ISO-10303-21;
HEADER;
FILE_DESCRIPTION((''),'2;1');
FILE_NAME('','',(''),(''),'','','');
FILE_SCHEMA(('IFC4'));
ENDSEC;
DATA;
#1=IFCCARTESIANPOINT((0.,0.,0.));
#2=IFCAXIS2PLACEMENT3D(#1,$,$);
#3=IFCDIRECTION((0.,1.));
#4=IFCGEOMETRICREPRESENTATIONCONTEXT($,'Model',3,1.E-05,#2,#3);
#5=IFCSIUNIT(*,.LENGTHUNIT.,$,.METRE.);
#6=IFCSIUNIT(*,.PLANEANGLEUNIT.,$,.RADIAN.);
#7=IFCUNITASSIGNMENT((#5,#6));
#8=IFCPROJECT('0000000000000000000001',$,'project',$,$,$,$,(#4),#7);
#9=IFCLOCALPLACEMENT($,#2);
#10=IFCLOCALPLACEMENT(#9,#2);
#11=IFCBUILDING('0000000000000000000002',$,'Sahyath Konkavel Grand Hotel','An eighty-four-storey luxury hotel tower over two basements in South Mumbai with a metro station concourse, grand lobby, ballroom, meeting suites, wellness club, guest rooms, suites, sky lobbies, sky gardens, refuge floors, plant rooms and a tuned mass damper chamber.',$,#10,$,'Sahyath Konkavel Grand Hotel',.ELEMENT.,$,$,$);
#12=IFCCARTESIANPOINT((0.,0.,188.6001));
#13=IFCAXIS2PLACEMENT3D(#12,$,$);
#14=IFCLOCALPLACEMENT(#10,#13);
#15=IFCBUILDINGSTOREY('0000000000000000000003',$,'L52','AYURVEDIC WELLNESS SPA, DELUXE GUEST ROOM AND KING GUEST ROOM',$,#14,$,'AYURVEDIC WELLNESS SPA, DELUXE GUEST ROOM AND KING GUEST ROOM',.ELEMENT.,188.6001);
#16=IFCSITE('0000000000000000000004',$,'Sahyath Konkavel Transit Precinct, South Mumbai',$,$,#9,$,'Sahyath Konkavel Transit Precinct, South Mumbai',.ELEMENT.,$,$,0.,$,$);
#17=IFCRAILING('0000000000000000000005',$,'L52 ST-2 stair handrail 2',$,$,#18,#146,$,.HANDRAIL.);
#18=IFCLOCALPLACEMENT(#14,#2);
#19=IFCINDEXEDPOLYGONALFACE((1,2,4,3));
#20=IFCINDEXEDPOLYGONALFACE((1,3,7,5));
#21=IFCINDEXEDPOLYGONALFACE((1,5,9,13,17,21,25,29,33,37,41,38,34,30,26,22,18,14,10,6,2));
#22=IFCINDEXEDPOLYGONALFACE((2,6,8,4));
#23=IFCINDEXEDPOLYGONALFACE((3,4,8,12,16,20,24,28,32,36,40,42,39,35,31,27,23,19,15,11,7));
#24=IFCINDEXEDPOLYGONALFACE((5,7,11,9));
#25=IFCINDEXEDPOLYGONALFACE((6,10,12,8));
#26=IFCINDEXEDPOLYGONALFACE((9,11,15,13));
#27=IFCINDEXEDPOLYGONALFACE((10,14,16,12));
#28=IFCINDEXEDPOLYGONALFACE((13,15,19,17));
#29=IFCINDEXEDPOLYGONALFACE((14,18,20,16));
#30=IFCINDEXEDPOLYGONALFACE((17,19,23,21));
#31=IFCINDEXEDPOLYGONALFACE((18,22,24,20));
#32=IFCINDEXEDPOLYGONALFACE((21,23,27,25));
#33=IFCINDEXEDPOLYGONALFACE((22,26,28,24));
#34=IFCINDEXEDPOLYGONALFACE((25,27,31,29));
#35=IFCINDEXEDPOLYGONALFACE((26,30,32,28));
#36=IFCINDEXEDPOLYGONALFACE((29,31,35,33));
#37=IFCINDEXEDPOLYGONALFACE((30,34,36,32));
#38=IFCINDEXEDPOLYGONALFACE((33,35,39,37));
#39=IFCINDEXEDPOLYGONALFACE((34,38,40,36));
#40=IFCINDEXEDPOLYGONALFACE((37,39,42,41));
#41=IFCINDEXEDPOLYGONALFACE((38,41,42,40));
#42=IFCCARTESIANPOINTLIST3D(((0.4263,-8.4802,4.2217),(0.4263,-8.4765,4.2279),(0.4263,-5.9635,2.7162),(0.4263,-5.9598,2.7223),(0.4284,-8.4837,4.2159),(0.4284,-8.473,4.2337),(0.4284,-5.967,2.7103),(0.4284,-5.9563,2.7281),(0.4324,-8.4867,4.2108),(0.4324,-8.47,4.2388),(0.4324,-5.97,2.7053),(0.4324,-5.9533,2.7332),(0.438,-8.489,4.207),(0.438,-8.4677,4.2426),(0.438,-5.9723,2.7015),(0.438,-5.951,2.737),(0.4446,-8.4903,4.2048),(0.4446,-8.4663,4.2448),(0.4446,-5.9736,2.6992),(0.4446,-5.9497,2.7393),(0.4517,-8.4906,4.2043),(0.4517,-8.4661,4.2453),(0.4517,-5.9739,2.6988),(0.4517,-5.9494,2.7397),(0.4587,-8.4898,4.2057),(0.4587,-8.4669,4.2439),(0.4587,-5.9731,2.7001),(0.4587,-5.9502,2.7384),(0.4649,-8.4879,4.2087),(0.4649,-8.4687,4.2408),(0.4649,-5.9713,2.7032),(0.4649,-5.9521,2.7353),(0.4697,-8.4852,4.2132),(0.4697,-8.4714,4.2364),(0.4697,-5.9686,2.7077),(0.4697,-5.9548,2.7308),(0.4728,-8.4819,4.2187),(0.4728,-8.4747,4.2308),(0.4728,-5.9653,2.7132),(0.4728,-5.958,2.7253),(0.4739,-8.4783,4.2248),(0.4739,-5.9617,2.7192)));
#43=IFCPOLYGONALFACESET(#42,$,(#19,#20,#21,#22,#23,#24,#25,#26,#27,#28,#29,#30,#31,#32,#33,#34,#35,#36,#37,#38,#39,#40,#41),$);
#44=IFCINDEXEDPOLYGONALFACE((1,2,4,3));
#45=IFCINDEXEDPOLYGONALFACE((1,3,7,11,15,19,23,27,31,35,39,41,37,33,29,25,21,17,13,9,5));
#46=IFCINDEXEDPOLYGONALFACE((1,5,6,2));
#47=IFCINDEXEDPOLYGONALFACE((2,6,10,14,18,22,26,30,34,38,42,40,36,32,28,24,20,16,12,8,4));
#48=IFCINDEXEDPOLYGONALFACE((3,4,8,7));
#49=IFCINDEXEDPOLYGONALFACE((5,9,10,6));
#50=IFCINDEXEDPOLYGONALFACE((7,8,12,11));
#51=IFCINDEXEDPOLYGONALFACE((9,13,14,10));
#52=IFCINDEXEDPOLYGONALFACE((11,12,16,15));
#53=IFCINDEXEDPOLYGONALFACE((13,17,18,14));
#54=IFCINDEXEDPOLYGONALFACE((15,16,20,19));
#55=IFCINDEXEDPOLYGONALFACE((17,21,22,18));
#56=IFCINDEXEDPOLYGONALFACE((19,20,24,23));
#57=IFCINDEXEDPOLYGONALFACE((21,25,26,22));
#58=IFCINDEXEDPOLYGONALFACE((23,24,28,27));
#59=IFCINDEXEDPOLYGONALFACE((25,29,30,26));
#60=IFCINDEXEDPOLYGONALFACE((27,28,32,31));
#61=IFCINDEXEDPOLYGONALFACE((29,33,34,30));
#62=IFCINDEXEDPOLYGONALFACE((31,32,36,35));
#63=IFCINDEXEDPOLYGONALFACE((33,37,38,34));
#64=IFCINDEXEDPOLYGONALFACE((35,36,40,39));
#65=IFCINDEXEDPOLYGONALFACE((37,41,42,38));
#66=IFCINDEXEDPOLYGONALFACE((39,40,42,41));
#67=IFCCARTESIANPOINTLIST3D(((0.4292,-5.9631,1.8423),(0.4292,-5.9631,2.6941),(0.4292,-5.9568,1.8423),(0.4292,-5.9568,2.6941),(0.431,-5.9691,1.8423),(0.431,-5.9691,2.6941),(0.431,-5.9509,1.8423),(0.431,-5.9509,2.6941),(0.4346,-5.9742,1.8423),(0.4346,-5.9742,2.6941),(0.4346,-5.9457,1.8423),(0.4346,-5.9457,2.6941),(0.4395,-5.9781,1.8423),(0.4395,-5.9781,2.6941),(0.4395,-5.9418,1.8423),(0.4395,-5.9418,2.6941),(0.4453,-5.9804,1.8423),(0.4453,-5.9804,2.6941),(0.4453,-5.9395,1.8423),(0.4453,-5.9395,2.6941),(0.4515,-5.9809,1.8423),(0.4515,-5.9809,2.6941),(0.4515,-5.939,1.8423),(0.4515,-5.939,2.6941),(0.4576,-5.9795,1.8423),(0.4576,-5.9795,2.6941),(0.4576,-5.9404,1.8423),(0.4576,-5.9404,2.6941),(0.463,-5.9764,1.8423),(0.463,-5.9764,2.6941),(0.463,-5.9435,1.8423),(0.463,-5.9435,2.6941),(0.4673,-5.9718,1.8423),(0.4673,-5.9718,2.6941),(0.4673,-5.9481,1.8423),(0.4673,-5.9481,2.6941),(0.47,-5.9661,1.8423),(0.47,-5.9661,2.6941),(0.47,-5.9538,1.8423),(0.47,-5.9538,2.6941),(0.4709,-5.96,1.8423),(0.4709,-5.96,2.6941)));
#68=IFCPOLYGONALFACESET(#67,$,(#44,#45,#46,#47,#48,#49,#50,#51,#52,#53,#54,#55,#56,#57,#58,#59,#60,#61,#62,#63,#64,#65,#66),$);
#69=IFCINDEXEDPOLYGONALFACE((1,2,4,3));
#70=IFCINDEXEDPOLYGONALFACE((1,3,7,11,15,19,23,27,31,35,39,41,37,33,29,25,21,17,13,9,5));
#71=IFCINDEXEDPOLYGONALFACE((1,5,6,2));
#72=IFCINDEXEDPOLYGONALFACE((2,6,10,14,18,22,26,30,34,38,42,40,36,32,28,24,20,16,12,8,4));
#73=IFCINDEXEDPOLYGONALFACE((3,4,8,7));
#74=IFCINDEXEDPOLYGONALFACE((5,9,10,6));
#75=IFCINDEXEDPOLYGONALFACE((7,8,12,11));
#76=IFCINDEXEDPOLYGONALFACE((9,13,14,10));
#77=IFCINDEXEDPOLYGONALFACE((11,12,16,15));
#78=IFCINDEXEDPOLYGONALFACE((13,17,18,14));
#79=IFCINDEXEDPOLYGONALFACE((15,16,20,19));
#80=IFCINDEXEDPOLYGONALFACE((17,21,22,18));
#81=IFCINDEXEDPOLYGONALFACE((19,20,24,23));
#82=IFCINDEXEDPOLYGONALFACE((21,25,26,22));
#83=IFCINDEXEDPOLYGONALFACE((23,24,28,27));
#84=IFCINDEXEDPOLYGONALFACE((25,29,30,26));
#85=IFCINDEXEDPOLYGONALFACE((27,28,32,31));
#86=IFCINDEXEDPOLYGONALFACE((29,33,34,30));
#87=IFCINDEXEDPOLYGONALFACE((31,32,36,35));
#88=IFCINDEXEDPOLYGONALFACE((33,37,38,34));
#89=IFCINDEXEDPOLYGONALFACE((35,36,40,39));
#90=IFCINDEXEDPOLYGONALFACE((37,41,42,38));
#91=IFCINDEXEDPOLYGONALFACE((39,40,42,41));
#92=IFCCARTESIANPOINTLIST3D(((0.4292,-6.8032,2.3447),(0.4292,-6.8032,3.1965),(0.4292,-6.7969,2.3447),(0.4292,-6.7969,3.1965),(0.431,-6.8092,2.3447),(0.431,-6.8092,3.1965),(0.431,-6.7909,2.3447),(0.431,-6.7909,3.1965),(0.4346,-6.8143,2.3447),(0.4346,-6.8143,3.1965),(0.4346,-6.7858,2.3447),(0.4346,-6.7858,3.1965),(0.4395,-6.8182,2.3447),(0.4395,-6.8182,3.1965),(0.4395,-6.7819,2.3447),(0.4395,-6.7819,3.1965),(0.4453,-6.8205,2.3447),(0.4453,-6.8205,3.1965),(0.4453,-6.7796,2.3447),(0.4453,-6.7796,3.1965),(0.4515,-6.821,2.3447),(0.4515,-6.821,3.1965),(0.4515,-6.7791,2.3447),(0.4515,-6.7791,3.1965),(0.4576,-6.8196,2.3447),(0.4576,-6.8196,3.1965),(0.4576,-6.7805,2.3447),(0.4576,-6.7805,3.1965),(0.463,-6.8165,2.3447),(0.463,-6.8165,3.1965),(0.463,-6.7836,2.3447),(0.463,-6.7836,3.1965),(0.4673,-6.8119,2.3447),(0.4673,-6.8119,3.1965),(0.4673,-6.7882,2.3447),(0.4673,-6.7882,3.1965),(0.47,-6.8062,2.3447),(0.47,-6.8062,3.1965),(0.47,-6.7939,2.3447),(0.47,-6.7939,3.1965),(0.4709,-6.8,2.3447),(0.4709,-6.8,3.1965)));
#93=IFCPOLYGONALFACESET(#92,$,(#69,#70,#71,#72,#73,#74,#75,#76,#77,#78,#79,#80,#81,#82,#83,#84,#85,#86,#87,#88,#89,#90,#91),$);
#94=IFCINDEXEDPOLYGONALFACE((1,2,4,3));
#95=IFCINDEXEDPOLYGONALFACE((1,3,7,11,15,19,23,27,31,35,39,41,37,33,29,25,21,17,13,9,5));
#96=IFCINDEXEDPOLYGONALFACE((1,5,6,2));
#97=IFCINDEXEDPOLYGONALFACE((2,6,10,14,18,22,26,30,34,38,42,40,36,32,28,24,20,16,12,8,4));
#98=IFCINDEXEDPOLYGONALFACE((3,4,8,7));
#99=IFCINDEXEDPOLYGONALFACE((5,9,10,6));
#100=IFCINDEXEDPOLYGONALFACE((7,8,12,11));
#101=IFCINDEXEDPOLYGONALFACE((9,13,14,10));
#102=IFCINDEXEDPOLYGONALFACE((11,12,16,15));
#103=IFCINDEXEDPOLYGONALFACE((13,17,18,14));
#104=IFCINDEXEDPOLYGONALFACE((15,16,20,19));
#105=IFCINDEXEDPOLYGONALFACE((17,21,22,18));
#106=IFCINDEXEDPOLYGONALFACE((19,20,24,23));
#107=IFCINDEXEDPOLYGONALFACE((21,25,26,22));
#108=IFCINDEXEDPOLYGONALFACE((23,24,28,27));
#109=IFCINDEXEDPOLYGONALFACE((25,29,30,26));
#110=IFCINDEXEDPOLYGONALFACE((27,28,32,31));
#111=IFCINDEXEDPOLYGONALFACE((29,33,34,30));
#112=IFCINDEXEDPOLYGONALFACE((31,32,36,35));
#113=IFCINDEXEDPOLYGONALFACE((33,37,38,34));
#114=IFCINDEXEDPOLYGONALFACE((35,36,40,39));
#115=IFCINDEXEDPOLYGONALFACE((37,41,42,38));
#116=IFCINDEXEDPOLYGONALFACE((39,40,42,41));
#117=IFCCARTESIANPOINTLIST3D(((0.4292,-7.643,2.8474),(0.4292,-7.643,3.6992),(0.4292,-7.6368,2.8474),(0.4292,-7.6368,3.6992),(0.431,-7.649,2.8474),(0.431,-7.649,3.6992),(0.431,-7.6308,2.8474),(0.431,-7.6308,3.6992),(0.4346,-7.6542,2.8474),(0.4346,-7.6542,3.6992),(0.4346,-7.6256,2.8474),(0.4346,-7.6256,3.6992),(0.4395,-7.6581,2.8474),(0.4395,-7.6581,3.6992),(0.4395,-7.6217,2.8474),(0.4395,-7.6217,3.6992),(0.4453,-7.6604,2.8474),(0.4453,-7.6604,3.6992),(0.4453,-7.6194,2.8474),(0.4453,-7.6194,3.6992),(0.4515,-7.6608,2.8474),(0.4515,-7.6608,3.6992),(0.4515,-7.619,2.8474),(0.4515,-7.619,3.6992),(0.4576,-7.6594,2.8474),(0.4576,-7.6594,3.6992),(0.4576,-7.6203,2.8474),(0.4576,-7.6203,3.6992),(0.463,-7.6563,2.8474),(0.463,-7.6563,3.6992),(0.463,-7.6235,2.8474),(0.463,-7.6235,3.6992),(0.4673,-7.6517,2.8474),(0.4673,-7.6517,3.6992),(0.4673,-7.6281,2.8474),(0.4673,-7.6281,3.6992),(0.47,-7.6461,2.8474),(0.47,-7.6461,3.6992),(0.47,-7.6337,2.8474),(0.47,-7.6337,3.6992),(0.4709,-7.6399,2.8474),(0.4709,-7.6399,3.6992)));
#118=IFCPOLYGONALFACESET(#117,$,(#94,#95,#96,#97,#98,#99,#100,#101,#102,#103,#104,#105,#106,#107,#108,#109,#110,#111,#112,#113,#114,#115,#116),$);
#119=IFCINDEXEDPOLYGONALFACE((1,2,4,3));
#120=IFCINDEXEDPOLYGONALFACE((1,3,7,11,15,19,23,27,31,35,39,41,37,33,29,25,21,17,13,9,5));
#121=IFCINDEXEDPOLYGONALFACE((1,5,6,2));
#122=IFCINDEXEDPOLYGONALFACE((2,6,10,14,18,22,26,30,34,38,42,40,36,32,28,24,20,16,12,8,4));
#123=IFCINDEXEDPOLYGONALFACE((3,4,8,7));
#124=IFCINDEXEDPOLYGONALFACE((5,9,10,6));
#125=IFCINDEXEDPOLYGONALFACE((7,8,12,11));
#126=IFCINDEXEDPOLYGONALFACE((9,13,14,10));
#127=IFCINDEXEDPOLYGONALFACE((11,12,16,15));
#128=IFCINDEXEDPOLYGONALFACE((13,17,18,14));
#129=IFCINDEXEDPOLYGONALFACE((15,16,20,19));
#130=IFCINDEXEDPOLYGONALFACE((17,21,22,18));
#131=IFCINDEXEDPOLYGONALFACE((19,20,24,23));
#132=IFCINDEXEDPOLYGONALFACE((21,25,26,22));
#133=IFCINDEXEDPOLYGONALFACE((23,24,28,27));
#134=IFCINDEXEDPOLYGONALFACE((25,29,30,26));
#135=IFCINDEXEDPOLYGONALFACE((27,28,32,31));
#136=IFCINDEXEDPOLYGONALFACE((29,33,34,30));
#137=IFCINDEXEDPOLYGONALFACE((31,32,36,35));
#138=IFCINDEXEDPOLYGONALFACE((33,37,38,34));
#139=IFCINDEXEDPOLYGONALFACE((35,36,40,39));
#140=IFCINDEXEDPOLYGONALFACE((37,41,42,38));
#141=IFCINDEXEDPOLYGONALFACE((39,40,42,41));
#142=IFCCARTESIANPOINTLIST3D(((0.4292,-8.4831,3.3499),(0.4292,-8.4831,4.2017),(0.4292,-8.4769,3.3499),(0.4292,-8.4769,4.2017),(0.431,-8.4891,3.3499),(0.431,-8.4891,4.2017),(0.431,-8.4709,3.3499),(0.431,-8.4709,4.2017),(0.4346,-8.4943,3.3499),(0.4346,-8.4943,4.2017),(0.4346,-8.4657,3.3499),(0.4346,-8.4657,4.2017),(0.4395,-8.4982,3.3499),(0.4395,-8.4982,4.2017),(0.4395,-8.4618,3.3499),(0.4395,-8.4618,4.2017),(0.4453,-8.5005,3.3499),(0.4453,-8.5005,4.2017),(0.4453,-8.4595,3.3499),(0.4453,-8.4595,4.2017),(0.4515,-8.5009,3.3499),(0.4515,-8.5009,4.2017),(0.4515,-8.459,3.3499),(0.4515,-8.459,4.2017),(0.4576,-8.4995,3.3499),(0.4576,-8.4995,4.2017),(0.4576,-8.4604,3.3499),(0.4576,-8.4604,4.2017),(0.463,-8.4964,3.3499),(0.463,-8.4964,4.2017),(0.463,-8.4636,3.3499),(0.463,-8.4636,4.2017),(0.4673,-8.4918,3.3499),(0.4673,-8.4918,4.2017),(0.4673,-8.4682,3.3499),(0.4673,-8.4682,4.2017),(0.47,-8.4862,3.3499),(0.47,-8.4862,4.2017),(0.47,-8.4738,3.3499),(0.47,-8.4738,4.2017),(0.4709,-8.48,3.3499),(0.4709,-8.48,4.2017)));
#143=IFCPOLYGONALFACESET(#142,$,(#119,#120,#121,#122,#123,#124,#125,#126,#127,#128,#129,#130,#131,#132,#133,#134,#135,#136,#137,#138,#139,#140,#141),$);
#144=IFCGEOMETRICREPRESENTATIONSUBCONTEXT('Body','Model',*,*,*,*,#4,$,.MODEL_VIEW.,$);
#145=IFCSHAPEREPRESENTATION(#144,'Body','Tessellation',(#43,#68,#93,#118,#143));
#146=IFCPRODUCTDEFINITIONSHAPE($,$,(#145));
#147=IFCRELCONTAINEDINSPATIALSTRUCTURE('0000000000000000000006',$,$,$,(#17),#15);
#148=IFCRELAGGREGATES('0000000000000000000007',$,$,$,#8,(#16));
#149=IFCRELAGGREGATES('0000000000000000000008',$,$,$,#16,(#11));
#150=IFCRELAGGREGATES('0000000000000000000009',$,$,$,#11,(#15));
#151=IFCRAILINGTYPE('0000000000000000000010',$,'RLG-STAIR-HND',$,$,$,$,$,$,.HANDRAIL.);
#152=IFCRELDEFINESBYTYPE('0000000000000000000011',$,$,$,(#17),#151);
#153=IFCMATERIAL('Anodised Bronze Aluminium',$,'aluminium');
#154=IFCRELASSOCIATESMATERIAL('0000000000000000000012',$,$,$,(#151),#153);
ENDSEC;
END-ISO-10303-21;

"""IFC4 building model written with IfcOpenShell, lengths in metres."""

from ifc_helpers import new_model, si_unit, direction, frame, origin, origin_2d, place, context, subcontext, project, spatial, circle, extrude, material, type_object, element, save


model = new_model("IFC4")

# Units and contexts
model_context = context("Model", 3, precision=1e-05, world=origin(), true_north=direction((0.0, 1.0)))
body_context = subcontext(model_context, "Body", "Model", "MODEL_VIEW")
ifc_project = project(units=[si_unit("LENGTHUNIT", "METRE"), si_unit("PLANEANGLEUNIT", "RADIAN")], contexts=[model_context])

# Site, building, storey
site_placement = place(None, origin())
site = spatial("IfcSite", under=ifc_project, at=site_placement, Name="Sahyath Konkavel Transit Precinct, South Mumbai", LongName="Sahyath Konkavel Transit Precinct, South Mumbai", CompositionType="ELEMENT", RefElevation=0.0)
building_placement = place(site_placement, origin())
building = spatial("IfcBuilding", under=site, at=building_placement, Name="Sahyath Konkavel Grand Hotel", Description="An eighty-four-storey luxury hotel tower over two basements in South Mumbai with a metro station concourse, grand lobby, ballroom, meeting suites, wellness club, guest rooms, suites, sky lobbies, sky gardens, refuge floors, plant rooms and a tuned mass damper chamber.", LongName="Sahyath Konkavel Grand Hotel", CompositionType="ELEMENT")
storey_placement = place(building_placement, frame((0.0, 0.0, 188.6001)))
storey = spatial("IfcBuildingStorey", under=building, at=storey_placement, Name="L52", Description="AYURVEDIC WELLNESS SPA, DELUXE GUEST ROOM AND KING GUEST ROOM", LongName="AYURVEDIC WELLNESS SPA, DELUXE GUEST ROOM AND KING GUEST ROOM", CompositionType="ELEMENT", Elevation=188.6001)

# Shared definitions
ifc_material_1 = material(Name="Anodised Bronze Aluminium", Category="aluminium")

# Railing
railing_type_1 = type_object("IfcRailingType", Name="RLG-STAIR-HND", PredefinedType="HANDRAIL", material=ifc_material_1)
railing_1_placement = place(storey_placement, frame((0.45, -5.96, 1.8423)))
element("IfcRailing", 1, at=railing_1_placement, inside=storey, type_object=railing_type_1, Name="L52 ST-2 stair handrail 2", PredefinedType="HANDRAIL", context=body_context, shape_type="SweptSolid", body=[
    extrude(circle(Radius=0.0239, at=origin_2d()), frame((0.0, -0.0017, 0.877), z_axis=(0.0, -0.85816, 0.513383), x_axis=(1.0, 0.0, 0.0)), (0.0, 0.0, 1.0), 2.9326),
    extrude(circle(Radius=0.021, at=origin_2d()), origin(), (0.0, 0.0, 1.0), 0.8518),
    extrude(circle(Radius=0.021, at=origin_2d()), frame((0.0, -0.8401, 0.5024)), (0.0, 0.0, 1.0), 0.8518),
    extrude(circle(Radius=0.021, at=origin_2d()), frame((0.0, -1.6799, 1.0051)), (0.0, 0.0, 1.0), 0.8518),
    extrude(circle(Radius=0.021, at=origin_2d()), frame((0.0, -2.52, 1.5076)), (0.0, 0.0, 1.0), 0.8518),
])

save(model, "model.ifc")
